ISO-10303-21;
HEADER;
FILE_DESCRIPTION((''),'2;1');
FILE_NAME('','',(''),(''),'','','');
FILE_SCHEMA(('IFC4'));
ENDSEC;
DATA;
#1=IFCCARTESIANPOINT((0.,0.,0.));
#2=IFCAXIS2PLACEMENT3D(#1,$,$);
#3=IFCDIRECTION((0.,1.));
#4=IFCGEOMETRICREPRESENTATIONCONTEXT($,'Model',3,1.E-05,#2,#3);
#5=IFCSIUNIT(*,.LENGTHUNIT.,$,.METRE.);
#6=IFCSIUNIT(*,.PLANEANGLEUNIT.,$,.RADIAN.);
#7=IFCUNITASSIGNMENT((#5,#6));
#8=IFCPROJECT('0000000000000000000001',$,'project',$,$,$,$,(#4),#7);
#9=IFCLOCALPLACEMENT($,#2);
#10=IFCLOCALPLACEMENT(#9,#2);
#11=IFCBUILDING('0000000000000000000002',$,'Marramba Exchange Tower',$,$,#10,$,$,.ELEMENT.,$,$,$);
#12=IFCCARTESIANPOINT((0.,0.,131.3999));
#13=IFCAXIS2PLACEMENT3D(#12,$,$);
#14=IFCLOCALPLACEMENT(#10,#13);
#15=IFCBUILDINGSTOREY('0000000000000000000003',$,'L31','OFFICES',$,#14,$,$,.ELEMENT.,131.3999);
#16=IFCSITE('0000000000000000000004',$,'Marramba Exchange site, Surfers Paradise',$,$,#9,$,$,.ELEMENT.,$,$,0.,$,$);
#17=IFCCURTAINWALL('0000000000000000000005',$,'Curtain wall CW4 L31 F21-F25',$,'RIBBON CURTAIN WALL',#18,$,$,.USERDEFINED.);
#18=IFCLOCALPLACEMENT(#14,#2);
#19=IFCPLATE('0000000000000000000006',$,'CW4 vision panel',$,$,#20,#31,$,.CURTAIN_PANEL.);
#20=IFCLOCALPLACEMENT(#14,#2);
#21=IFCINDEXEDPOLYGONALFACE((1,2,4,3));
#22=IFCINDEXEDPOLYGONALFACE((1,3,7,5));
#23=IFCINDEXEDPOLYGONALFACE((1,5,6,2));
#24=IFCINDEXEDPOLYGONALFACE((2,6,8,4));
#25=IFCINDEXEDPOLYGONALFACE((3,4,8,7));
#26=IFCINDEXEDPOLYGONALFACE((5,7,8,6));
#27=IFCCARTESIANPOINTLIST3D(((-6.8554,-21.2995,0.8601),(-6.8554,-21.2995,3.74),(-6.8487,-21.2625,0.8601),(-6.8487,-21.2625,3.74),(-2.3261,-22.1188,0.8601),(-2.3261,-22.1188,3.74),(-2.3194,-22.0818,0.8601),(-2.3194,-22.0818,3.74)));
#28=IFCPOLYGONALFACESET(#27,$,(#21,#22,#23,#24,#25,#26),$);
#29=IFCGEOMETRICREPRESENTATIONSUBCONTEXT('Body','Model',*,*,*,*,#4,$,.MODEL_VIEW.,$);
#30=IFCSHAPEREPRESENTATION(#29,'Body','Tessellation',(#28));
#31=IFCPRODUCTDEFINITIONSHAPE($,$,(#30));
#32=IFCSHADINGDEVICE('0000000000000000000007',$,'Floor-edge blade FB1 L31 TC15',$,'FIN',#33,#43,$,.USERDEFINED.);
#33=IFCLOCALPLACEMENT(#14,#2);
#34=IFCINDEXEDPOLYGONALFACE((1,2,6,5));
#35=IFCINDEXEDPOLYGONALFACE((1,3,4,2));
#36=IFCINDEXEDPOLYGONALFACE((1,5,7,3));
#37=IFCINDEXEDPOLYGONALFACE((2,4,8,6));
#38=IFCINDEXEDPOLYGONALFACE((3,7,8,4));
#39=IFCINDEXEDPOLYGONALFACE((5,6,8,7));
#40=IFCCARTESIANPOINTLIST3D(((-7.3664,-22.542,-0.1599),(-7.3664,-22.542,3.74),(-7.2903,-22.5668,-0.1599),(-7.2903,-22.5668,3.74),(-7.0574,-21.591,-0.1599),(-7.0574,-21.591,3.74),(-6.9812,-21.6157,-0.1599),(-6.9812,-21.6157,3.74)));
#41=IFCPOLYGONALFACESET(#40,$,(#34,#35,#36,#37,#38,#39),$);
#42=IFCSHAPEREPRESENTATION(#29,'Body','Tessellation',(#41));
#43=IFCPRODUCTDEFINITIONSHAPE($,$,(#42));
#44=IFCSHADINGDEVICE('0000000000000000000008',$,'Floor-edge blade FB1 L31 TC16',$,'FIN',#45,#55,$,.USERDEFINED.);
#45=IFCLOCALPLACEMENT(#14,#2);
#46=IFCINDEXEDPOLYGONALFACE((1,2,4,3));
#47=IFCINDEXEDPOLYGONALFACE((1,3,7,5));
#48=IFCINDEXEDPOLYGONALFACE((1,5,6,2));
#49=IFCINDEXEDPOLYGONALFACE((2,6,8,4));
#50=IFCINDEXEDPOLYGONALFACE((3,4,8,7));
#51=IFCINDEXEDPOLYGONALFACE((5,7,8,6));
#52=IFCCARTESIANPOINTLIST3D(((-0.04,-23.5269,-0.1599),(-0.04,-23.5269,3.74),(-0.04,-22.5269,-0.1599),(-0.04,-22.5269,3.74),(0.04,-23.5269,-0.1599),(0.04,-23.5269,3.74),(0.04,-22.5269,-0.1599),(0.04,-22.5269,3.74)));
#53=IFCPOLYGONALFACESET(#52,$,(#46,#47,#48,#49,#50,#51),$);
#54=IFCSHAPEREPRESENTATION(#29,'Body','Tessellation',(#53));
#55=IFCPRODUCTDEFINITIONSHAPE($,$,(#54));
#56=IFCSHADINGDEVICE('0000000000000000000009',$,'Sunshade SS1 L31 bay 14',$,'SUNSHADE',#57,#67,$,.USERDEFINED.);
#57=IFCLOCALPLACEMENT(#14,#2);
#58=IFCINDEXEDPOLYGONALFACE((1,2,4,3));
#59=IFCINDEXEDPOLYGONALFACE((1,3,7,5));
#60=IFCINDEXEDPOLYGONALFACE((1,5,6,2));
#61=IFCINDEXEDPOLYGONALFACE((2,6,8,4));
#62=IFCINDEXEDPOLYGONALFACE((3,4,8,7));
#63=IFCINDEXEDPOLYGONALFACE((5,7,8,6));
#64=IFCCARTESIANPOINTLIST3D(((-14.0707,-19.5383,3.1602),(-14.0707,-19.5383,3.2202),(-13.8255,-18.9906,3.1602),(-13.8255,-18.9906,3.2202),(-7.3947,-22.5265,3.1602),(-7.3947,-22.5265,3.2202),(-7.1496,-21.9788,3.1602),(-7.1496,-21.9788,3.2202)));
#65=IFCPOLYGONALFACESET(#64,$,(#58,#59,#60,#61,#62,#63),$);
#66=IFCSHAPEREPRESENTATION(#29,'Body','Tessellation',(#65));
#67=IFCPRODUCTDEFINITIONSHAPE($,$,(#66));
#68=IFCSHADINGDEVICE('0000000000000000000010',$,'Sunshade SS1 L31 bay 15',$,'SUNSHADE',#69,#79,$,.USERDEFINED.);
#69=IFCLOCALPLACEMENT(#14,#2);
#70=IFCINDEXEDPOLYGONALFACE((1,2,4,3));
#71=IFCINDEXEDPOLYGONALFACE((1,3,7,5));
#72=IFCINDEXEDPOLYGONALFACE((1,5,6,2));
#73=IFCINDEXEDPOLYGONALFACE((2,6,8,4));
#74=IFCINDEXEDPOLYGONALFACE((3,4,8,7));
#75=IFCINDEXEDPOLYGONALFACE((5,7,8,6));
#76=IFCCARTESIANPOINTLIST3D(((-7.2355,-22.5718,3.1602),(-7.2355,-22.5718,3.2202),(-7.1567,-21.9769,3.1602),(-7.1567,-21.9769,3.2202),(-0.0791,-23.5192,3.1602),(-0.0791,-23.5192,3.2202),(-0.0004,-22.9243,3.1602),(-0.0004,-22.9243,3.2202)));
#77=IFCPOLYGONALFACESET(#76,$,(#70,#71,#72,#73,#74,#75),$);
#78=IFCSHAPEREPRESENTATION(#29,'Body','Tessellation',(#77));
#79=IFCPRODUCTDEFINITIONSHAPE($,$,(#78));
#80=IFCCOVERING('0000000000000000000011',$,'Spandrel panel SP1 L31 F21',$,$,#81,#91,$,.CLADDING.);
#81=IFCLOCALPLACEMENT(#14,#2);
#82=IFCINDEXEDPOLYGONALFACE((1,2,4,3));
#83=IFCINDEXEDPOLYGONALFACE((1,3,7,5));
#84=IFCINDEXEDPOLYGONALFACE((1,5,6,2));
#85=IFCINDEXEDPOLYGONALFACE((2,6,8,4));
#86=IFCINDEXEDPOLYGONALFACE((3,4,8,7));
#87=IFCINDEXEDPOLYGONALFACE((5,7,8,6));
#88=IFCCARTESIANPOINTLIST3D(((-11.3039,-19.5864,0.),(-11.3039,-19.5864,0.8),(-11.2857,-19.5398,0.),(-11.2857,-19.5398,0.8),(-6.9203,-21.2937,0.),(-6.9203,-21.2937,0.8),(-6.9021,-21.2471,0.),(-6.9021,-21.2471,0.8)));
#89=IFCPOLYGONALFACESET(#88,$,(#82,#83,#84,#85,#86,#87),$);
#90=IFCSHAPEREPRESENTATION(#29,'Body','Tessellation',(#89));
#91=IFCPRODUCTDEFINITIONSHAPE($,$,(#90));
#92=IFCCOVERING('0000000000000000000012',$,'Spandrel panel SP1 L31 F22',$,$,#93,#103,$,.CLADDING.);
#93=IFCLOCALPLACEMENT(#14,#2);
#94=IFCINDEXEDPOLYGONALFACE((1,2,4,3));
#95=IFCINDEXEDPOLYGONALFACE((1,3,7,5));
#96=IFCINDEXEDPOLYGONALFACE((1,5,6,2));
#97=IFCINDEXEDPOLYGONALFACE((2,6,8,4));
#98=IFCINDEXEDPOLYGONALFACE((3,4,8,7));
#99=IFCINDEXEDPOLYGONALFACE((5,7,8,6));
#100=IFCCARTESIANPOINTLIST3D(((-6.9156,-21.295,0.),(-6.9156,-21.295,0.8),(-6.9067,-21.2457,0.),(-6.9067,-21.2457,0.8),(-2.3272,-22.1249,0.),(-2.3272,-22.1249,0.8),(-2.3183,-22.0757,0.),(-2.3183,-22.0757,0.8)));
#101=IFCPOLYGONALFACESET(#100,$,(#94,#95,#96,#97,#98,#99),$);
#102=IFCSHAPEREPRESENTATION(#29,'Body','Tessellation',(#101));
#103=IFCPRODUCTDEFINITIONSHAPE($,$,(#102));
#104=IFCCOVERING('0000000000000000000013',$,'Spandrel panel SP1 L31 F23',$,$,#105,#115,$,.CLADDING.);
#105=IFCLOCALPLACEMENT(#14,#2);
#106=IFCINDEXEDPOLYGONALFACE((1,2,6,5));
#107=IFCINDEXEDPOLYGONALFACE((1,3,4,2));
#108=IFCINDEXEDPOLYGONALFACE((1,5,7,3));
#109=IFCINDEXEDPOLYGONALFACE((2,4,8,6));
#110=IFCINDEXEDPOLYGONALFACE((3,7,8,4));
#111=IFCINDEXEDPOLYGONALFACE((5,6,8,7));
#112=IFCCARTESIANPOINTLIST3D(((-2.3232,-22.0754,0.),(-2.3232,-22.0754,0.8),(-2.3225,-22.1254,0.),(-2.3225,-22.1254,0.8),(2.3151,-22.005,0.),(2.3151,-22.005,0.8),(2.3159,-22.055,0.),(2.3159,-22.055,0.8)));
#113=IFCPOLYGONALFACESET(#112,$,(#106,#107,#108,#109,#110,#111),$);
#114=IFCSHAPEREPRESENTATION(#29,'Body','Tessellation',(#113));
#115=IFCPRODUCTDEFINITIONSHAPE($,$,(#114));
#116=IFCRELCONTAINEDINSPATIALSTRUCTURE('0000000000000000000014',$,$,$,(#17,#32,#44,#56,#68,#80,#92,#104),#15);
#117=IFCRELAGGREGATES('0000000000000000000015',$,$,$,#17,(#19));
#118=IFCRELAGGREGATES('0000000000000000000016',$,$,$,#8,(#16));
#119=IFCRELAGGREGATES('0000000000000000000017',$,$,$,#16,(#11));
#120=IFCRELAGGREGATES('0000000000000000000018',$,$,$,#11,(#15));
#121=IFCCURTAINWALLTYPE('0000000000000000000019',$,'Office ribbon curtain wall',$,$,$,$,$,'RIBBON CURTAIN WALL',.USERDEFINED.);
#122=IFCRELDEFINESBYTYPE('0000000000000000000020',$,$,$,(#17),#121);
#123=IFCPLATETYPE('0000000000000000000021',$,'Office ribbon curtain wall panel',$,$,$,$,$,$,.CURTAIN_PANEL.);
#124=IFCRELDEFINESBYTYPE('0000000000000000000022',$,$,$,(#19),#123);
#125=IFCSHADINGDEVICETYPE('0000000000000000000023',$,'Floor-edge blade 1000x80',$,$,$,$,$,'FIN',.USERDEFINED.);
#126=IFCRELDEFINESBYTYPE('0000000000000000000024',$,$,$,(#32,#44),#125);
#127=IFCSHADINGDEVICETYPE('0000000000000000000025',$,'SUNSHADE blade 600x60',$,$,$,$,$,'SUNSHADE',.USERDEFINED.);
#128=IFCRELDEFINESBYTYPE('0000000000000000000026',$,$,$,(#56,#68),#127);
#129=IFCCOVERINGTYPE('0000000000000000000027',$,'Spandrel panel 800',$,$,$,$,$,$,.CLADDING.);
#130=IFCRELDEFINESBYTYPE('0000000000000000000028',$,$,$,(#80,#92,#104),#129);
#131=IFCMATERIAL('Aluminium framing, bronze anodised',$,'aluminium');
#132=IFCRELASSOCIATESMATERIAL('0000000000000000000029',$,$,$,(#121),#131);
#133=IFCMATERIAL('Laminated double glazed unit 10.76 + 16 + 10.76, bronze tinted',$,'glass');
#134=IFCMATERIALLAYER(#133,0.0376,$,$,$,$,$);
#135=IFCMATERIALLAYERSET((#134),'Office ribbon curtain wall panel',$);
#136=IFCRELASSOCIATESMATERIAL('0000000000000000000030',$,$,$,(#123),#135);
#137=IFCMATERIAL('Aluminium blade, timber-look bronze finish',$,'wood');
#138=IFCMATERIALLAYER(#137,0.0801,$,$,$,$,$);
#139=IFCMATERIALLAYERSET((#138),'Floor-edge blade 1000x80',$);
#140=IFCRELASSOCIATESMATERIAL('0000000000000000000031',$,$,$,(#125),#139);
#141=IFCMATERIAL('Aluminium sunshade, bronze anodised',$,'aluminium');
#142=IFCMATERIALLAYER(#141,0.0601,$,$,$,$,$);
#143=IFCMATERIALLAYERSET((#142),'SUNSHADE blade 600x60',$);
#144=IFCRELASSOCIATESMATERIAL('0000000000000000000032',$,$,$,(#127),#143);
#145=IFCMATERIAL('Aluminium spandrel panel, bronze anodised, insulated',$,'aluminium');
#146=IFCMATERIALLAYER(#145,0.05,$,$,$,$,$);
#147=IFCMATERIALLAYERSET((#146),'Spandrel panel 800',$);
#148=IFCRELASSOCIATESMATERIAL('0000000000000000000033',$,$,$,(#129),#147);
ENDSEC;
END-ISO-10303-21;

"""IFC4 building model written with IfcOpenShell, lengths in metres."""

from ifc_helpers import new_model, si_unit, direction, frame, origin, origin_2d, place, context, subcontext, project, spatial, rectangle, extrude, material, layer, layer_set, type_object, element, aggregate, save


model = new_model("IFC4")

# Units and contexts
model_context = context("Model", 3, precision=1e-05, world=origin(), true_north=direction((0.0, 1.0)))
body_context = subcontext(model_context, "Body", "Model", "MODEL_VIEW")
ifc_project = project(units=[si_unit("LENGTHUNIT", "METRE"), si_unit("PLANEANGLEUNIT", "RADIAN")], contexts=[model_context])

# Site, building, storey
site_placement = place(None, origin())
site = spatial("IfcSite", under=ifc_project, at=site_placement, Name="Marramba Exchange site, Surfers Paradise", CompositionType="ELEMENT", RefElevation=0.0)
building_placement = place(site_placement, origin())
building = spatial("IfcBuilding", under=site, at=building_placement, Name="Marramba Exchange Tower", CompositionType="ELEMENT")
storey_placement = place(building_placement, frame((0.0, 0.0, 131.3999)))
storey = spatial("IfcBuildingStorey", under=building, at=storey_placement, Name="L31", Description="OFFICES", CompositionType="ELEMENT", Elevation=131.3999)

# Curtain wall
ifc_material_1 = material(Name="Aluminium framing, bronze anodised", Category="aluminium")
curtain_wall_type = type_object("IfcCurtainWallType", Name="Office ribbon curtain wall", ElementType="RIBBON CURTAIN WALL", PredefinedType="USERDEFINED", material=ifc_material_1)
curtain_wall_placement = place(storey_placement, origin())
curtain_wall = element("IfcCurtainWall", 1, at=curtain_wall_placement, inside=storey, type_object=curtain_wall_type, Name="Curtain wall CW4 L31 F21-F25", ObjectType="RIBBON CURTAIN WALL", PredefinedType="USERDEFINED")

# Plate
ifc_material_2 = material(Name="Laminated double glazed unit 10.76 + 16 + 10.76, bronze tinted", Category="glass")
ifc_layer_1 = layer(ifc_material_2, 0.0376)
ifc_layer_set_1 = layer_set([ifc_layer_1], Name="Office ribbon curtain wall panel")
plate_type = type_object("IfcPlateType", Name="Office ribbon curtain wall panel", PredefinedType="CURTAIN_PANEL", material=ifc_layer_set_1)
plate_1_placement = place(storey_placement, frame((-4.5874, -21.6907, 0.8601), z_axis=(0.0, 0.0, 1.0), x_axis=(0.984032, -0.177992, 0.0)))
plate_1 = element("IfcPlate", 2, at=plate_1_placement, type_object=plate_type, Name="CW4 vision panel", PredefinedType="CURTAIN_PANEL", context=body_context, shape_type="SweptSolid", body=[
    extrude(rectangle(XDim=4.6028, YDim=0.0376, at=origin_2d()), origin(), (0.0, 0.0, 1.0), 2.8799),
])
aggregate(curtain_wall, [plate_1])

# Shading devices
ifc_material_3 = material(Name="Aluminium blade, timber-look bronze finish", Category="wood")
ifc_layer_2 = layer(ifc_material_3, 0.0801)
ifc_layer_set_2 = layer_set([ifc_layer_2], Name="Floor-edge blade 1000x80")
shading_device_type_1 = type_object("IfcShadingDeviceType", Name="Floor-edge blade 1000x80", ElementType="FIN", PredefinedType="USERDEFINED", material=ifc_layer_set_2)
for number, where, z_axis, x_axis, name in (
    (3, (-7.1738, -22.0789, -0.1599), (0.0, 0.0, 1.0), (-0.309017, -0.951057, 0.0), "Floor-edge blade FB1 L31 TC15"),
    (4, (0.0, -23.0269, -0.1599), (0.0, 0.0, 1.0), (0.0, -1.0, 0.0), "Floor-edge blade FB1 L31 TC16"),
):
    element("IfcShadingDevice", number, at=place(storey_placement, frame(where, z_axis=z_axis, x_axis=x_axis)), inside=storey, type_object=shading_device_type_1, Name=name, ObjectType="FIN", PredefinedType="USERDEFINED", context=body_context, shape_type="SweptSolid", body=[
        extrude(rectangle(XDim=1.0, YDim=0.0801, at=origin_2d()), origin(), (0.0, 0.0, 1.0), 3.8999),
    ])
ifc_material_4 = material(Name="Aluminium sunshade, bronze anodised", Category="aluminium")
ifc_layer_3 = layer(ifc_material_4, 0.0601)
ifc_layer_set_3 = layer_set([ifc_layer_3], Name="SUNSHADE blade 600x60")
shading_device_type_2 = type_object("IfcShadingDeviceType", Name="SUNSHADE blade 600x60", ElementType="SUNSHADE", PredefinedType="USERDEFINED", material=ifc_layer_set_3)
shading_device_1_placement = place(storey_placement, frame((-10.6101, -20.7585, 3.1602), z_axis=(0.0, 0.0, 1.0), x_axis=(0.912736, -0.40855, 0.0)))
element("IfcShadingDevice", 5, at=shading_device_1_placement, inside=storey, type_object=shading_device_type_2, Name="Sunshade SS1 L31 bay 14", ObjectType="SUNSHADE", PredefinedType="USERDEFINED", context=body_context, shape_type="SweptSolid", body=[
    extrude(rectangle(XDim=7.3142, YDim=0.6001, at=origin_2d()), origin(), (0.0, 0.0, 1.0), 0.0601),
])
shading_device_2_placement = place(storey_placement, frame((-3.6179, -22.748, 3.1602), z_axis=(0.0, 0.0, 1.0), x_axis=(0.99135, -0.131241, 0.0)))
element("IfcShadingDevice", 6, at=shading_device_2_placement, inside=storey, type_object=shading_device_type_2, Name="Sunshade SS1 L31 bay 15", ObjectType="SUNSHADE", PredefinedType="USERDEFINED", context=body_context, shape_type="SweptSolid", body=[
    extrude(rectangle(XDim=7.2188, YDim=0.6001, at=origin_2d()), origin(), (0.0, 0.0, 1.0), 0.0601),
])

# Coverings
ifc_material_5 = material(Name="Aluminium spandrel panel, bronze anodised, insulated", Category="aluminium")
ifc_layer_4 = layer(ifc_material_5, 0.05)
ifc_layer_set_4 = layer_set([ifc_layer_4], Name="Spandrel panel 800")
covering_type = type_object("IfcCoveringType", Name="Spandrel panel 800", PredefinedType="CLADDING", material=ifc_layer_set_4)
covering_1_placement = place(storey_placement, frame((-9.103, -20.4167, 0.0), z_axis=(0.0, 0.0, 1.0), x_axis=(0.931818, -0.362925, 0.0)))
element("IfcCovering", 7, at=covering_1_placement, inside=storey, type_object=covering_type, Name="Spandrel panel SP1 L31 F21", PredefinedType="CLADDING", context=body_context, shape_type="SweptSolid", body=[
    extrude(rectangle(XDim=4.7043, YDim=0.05, at=origin_2d()), origin(), (0.0, 0.0, 1.0), 0.8),
])
covering_2_placement = place(storey_placement, frame((-4.6169, -21.6853, 0.0), z_axis=(0.0, 0.0, 1.0), x_axis=(0.984032, -0.177992, 0.0)))
element("IfcCovering", 8, at=covering_2_placement, inside=storey, type_object=covering_type, Name="Spandrel panel SP1 L31 F22", PredefinedType="CLADDING", context=body_context, shape_type="SweptSolid", body=[
    extrude(rectangle(XDim=4.6628, YDim=0.05, at=origin_2d()), origin(), (0.0, 0.0, 1.0), 0.8),
])
covering_3_placement = place(storey_placement, frame((-0.0037, -22.0652, 0.0), z_axis=(0.0, 0.0, 1.0), x_axis=(0.999885, 0.015179, 0.0)))
element("IfcCovering", 9, at=covering_3_placement, inside=storey, type_object=covering_type, Name="Spandrel panel SP1 L31 F23", PredefinedType="CLADDING", context=body_context, shape_type="SweptSolid", body=[
    extrude(rectangle(XDim=4.6389, YDim=0.05, at=origin_2d()), origin(), (0.0, 0.0, 1.0), 0.8),
])

save(model, "model.ifc")
